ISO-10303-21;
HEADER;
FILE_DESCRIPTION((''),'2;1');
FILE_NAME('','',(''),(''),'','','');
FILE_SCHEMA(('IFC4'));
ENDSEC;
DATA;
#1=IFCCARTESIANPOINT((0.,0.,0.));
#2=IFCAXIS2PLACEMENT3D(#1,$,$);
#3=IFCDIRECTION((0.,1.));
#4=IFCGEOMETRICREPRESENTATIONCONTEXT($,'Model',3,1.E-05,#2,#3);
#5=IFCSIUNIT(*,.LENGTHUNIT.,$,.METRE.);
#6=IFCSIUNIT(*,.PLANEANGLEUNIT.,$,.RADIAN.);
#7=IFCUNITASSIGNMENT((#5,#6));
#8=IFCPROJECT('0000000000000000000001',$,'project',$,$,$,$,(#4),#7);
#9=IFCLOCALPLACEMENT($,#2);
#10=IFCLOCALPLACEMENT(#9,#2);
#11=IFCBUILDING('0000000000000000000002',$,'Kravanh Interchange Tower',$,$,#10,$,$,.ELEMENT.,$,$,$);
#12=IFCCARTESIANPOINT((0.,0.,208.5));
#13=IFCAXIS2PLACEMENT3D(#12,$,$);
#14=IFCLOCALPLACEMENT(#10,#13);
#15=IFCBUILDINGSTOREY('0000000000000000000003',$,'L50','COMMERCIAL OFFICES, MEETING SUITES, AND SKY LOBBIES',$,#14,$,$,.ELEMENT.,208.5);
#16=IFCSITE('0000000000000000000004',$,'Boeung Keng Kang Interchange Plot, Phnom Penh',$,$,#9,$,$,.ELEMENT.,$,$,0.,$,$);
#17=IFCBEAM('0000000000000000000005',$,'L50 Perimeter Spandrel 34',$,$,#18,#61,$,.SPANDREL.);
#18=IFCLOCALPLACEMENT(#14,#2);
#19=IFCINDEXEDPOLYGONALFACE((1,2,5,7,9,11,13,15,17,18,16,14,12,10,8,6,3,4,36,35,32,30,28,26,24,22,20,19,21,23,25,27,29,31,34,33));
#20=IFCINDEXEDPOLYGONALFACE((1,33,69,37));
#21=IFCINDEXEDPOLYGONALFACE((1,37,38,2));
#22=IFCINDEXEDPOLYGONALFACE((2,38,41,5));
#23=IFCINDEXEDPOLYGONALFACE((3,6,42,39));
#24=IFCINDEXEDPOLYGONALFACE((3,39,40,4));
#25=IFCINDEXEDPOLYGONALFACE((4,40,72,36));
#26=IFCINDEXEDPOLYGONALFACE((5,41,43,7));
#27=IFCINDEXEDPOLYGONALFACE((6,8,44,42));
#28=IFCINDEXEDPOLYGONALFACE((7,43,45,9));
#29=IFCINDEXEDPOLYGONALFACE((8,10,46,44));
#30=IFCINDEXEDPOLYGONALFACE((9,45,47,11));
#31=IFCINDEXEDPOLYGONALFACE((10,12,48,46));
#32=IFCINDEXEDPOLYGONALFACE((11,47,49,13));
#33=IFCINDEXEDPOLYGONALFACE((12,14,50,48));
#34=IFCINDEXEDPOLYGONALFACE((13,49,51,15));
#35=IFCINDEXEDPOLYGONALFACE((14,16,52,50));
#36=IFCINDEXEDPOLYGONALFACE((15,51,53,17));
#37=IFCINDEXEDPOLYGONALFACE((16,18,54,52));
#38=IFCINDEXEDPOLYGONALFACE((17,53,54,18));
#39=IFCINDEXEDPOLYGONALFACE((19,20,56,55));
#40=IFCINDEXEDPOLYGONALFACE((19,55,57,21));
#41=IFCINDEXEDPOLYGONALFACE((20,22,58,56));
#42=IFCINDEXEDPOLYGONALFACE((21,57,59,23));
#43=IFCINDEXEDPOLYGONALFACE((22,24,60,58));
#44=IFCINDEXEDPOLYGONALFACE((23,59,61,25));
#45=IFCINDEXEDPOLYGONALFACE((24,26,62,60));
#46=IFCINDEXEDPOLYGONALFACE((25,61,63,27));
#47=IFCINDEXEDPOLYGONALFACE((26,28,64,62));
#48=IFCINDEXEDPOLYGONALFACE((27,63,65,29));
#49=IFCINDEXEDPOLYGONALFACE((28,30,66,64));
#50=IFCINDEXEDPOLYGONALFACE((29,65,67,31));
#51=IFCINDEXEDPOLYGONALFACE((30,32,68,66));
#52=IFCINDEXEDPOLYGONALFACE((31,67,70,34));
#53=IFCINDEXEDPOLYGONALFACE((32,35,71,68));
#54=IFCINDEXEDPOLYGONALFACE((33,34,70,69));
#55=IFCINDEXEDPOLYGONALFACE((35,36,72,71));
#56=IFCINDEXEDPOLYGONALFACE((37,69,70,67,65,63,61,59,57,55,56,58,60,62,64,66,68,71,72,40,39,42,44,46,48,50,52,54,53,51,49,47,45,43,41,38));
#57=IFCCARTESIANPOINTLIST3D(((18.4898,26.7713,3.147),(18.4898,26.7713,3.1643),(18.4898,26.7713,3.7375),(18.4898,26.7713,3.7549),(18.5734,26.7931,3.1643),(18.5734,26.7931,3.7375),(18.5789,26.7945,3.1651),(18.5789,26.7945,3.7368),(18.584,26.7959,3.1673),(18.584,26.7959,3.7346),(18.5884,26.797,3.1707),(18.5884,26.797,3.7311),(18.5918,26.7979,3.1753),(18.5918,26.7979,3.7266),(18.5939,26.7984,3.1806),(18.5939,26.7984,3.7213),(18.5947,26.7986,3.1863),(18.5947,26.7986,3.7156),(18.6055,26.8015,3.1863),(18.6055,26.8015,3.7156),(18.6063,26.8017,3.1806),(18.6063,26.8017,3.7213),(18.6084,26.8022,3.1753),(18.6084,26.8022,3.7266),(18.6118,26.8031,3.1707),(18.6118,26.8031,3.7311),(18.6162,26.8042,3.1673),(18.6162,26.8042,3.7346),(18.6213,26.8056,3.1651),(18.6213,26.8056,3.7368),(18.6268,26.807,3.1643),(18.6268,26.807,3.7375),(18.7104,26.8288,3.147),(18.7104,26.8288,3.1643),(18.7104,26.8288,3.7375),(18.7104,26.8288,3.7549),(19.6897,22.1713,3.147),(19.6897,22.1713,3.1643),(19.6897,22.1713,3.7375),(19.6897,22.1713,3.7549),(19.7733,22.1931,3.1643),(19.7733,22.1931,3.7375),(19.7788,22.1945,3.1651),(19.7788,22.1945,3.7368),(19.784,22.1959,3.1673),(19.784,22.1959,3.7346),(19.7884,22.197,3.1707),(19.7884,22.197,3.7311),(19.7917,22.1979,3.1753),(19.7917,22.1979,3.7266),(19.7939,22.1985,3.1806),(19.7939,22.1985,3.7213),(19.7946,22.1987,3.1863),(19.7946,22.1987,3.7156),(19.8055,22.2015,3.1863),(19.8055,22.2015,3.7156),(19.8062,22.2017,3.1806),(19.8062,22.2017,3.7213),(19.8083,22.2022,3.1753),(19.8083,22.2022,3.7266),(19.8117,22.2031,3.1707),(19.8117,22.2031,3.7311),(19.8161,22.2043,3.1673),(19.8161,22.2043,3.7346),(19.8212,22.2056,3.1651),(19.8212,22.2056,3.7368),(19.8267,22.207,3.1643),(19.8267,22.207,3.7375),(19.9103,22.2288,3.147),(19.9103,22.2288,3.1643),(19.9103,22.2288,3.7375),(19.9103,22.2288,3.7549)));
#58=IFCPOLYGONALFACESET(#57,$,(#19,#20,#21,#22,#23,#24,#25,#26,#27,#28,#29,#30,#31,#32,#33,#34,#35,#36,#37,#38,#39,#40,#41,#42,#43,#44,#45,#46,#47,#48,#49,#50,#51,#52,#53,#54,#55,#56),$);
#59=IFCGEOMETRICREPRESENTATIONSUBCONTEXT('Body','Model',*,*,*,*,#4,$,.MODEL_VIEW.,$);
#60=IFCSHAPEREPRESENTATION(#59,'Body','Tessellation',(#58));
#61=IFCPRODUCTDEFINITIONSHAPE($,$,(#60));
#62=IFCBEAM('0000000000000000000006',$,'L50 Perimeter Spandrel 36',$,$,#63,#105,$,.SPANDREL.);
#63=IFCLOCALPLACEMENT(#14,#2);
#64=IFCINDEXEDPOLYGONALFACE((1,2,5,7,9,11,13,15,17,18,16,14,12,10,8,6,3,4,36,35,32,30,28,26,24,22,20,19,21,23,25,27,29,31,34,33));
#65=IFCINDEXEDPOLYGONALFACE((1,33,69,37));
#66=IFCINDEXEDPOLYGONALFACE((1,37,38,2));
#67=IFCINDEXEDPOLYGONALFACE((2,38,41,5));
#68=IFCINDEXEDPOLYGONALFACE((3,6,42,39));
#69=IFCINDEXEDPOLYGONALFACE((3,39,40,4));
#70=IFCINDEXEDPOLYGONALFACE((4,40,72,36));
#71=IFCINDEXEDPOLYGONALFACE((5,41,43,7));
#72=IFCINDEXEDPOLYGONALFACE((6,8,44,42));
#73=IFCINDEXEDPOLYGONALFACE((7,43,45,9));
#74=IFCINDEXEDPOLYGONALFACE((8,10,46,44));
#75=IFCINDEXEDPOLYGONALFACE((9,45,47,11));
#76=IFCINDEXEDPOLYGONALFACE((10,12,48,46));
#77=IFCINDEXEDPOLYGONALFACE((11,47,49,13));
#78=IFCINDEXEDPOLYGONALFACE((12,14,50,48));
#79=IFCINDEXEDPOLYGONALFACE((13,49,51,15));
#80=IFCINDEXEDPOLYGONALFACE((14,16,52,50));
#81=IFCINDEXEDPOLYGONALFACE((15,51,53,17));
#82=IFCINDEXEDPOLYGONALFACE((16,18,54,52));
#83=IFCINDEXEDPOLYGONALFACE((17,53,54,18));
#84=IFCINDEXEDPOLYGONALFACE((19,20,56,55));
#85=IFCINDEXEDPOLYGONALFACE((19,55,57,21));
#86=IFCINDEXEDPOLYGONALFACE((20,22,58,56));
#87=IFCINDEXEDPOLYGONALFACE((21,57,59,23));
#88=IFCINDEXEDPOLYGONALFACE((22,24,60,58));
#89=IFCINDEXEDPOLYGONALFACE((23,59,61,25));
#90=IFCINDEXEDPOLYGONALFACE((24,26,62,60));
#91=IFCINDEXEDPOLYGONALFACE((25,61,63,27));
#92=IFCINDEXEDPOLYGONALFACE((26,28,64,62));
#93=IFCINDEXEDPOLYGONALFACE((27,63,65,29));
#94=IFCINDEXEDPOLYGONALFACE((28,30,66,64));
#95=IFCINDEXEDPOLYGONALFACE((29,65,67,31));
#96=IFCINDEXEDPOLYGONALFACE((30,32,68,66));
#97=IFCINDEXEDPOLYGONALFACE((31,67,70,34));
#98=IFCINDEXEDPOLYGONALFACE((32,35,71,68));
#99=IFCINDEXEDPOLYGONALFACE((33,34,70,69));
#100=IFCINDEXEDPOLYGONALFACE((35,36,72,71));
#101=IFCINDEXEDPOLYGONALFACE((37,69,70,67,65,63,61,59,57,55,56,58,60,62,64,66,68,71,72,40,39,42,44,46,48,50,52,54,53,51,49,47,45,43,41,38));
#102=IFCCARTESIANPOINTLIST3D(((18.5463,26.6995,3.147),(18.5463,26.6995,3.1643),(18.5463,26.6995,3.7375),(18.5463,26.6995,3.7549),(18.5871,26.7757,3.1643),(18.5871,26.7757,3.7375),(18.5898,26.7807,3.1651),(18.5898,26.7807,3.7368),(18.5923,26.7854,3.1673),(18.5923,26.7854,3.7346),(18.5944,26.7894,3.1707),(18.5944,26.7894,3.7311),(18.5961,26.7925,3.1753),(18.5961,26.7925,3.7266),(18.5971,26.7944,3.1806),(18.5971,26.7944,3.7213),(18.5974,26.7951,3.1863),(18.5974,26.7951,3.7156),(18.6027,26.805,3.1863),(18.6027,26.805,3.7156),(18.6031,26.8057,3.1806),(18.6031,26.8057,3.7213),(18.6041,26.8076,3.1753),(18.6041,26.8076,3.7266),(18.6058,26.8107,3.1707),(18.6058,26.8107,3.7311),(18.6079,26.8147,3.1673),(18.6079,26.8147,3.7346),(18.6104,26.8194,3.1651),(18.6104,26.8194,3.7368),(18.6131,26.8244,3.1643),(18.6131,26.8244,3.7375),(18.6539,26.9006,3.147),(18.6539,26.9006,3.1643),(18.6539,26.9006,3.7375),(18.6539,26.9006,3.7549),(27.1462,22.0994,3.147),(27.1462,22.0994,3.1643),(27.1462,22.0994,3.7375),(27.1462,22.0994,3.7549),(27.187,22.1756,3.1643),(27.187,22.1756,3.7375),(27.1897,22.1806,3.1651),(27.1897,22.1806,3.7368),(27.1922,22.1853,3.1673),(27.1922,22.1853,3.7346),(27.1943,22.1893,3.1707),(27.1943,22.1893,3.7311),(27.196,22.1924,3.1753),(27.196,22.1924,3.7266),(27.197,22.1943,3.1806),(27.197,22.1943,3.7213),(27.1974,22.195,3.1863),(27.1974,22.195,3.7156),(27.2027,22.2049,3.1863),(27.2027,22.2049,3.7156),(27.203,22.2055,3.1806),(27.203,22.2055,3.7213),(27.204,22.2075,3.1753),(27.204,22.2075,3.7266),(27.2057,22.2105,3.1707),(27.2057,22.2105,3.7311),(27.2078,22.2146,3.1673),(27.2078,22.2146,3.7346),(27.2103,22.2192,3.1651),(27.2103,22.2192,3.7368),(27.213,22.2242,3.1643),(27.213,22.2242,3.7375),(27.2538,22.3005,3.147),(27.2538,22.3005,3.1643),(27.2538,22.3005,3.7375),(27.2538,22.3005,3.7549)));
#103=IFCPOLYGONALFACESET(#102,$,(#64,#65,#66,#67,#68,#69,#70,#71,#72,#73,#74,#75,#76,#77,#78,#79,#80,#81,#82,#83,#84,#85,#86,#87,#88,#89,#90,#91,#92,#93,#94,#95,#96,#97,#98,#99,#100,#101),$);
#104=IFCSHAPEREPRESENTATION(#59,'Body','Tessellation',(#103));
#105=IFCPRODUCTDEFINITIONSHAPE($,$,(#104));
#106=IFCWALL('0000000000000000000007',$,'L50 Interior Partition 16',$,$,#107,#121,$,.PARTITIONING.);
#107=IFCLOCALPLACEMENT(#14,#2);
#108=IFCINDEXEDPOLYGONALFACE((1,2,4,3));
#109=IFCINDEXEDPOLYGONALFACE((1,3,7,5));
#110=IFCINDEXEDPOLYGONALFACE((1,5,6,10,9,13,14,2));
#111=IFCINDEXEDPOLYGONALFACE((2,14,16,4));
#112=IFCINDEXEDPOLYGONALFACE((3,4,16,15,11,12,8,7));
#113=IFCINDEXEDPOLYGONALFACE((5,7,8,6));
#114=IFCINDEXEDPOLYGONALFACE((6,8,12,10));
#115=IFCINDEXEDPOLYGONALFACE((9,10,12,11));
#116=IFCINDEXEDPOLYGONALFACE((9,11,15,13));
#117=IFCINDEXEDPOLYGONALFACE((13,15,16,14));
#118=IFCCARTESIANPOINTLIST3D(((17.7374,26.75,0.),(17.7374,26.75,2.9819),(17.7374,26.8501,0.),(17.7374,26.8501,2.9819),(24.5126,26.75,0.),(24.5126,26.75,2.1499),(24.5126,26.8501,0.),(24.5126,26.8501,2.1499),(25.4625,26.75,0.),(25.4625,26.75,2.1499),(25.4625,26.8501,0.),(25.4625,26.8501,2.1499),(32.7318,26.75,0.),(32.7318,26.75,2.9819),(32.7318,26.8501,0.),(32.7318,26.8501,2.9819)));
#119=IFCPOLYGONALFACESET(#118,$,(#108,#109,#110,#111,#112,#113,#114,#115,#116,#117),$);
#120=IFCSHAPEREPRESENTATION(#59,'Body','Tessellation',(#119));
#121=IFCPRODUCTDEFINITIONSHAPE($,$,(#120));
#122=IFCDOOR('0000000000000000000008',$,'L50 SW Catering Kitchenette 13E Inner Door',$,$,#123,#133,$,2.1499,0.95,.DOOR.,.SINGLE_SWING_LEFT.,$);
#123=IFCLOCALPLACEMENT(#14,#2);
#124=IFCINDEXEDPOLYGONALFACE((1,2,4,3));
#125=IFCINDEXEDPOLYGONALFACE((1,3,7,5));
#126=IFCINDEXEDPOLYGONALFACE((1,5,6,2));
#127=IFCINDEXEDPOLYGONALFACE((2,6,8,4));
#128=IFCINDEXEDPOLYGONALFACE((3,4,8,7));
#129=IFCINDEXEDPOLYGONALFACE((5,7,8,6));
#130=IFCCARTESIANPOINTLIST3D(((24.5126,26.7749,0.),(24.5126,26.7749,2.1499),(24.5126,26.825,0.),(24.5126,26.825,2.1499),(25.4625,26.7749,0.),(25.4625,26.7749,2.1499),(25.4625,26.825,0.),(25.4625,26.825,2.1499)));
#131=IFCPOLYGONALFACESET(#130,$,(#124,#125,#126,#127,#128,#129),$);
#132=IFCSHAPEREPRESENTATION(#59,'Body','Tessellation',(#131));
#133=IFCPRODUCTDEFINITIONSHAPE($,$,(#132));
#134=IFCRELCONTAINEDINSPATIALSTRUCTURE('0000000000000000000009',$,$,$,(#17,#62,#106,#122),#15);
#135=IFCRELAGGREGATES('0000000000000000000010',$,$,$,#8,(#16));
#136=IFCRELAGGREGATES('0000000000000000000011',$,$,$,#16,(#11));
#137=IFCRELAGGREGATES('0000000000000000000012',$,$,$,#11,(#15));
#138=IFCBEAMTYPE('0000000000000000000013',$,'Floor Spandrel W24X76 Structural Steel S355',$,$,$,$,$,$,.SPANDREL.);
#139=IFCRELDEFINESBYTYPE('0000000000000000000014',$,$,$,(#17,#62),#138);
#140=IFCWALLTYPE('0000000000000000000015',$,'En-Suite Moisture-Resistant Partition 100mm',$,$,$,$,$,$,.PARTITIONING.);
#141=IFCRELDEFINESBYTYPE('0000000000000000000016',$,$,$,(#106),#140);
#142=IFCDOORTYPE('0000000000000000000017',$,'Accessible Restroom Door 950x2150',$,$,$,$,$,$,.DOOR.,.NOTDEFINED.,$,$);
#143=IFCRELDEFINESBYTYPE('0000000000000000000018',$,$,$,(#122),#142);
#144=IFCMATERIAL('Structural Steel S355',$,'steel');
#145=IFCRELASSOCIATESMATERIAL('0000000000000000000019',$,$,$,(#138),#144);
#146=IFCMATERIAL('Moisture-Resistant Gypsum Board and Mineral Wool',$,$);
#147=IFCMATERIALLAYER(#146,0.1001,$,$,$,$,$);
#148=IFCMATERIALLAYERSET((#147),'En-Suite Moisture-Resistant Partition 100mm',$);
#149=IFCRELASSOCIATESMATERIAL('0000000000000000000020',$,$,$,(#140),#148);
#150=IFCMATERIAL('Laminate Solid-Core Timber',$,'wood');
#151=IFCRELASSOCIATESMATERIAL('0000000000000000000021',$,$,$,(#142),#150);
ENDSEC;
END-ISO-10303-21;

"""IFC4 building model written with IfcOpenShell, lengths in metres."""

from ifc_helpers import new_model, si_unit, direction, frame, frame_2d, origin, origin_2d, place, context, subcontext, project, spatial, rectangle, i_section, extrude, material, layer, layer_set, material_profile, profile_set, type_object, element, fill, save


model = new_model("IFC4")

# Units and contexts
model_context = context("Model", 3, precision=1e-05, world=origin(), true_north=direction((0.0, 1.0)))
body_context = subcontext(model_context, "Body", "Model", "MODEL_VIEW")
ifc_project = project(units=[si_unit("LENGTHUNIT", "METRE"), si_unit("PLANEANGLEUNIT", "RADIAN")], contexts=[model_context])

# Site, building, storey
site_placement = place(None, origin())
site = spatial("IfcSite", under=ifc_project, at=site_placement, Name="Boeung Keng Kang Interchange Plot, Phnom Penh", CompositionType="ELEMENT", RefElevation=0.0)
building_placement = place(site_placement, origin())
building = spatial("IfcBuilding", under=site, at=building_placement, Name="Kravanh Interchange Tower", CompositionType="ELEMENT")
storey_placement = place(building_placement, frame((0.0, 0.0, 208.5)))
storey = spatial("IfcBuildingStorey", under=building, at=storey_placement, Name="L50", Description="COMMERCIAL OFFICES, MEETING SUITES, AND SKY LOBBIES", CompositionType="ELEMENT", Elevation=208.5)

# Beams
ifc_material_1 = material(Name="Structural Steel S355", Category="steel")
ifc_material_profile_1 = material_profile(ifc_material_1, i_section(OverallWidth=0.228, OverallDepth=0.6079, WebThickness=0.0112, FlangeThickness=0.0173, FilletRadius=0.022, at=origin_2d()), Name="W24X76")
ifc_profile_set_1 = profile_set([ifc_material_profile_1], Name="Structural Steel S355")
beam_type_1 = type_object("IfcBeamType", Name="Floor Spandrel W24X76 Structural Steel S355", PredefinedType="SPANDREL", material=ifc_profile_set_1)
beam_1_placement = place(storey_placement, frame((18.6001, 26.8, 3.4509), z_axis=(0.252407, -0.967621, 0.0), x_axis=(0.967621, 0.252407, 0.0)))
element("IfcBeam", 1, at=beam_1_placement, inside=storey, type_object=beam_type_1, Name="L50 Perimeter Spandrel 34", PredefinedType="SPANDREL", context=body_context, shape_type="SweptSolid", body=[
    extrude(i_section(OverallWidth=0.228, OverallDepth=0.6079, WebThickness=0.0112, FlangeThickness=0.0173, FilletRadius=0.022, at=origin_2d()), origin(), (0.0, 0.0, 1.0), 4.7539),
])
beam_2_placement = place(storey_placement, frame((18.6001, 26.8, 3.4509), z_axis=(0.881777, -0.471666, 0.0), x_axis=(0.471666, 0.881777, 0.0)))
element("IfcBeam", 2, at=beam_2_placement, inside=storey, type_object=beam_type_1, Name="L50 Perimeter Spandrel 36", PredefinedType="SPANDREL", context=body_context, shape_type="SweptSolid", body=[
    extrude(i_section(OverallWidth=0.228, OverallDepth=0.6079, WebThickness=0.0112, FlangeThickness=0.0173, FilletRadius=0.022, at=origin_2d()), origin(), (0.0, 0.0, 1.0), 9.7529),
])

# Wall, opening, door
ifc_material_2 = material(Name="Moisture-Resistant Gypsum Board and Mineral Wool")
ifc_layer_1 = layer(ifc_material_2, 0.1001)
ifc_layer_set_1 = layer_set([ifc_layer_1], Name="En-Suite Moisture-Resistant Partition 100mm")
wall_type_1 = type_object("IfcWallType", Name="En-Suite Moisture-Resistant Partition 100mm", PredefinedType="PARTITIONING", material=ifc_layer_set_1)
wall_1_placement = place(storey_placement, frame((17.7375, 26.8, 0.0), z_axis=(0.0, 0.0, 1.0), x_axis=(1.0, 0.0, 0.0)))
wall_1 = element("IfcWall", 3, at=wall_1_placement, inside=storey, type_object=wall_type_1, Name="L50 Interior Partition 16", PredefinedType="PARTITIONING", context=body_context, shape_type="SweptSolid", body=[
    extrude(rectangle(XDim=14.9944, YDim=0.1001, at=frame_2d((7.4971, 0.0))), origin(), (0.0, 0.0, 1.0), 2.9819),
])
opening_1_placement = place(wall_1_placement, frame((6.7749, 0.0, 0.0)))
opening_1 = element("IfcOpeningElement", 4, at=opening_1_placement, cuts=wall_1, PredefinedType="OPENING", context=body_context, shape_type="SweptSolid", body=[
    extrude(rectangle(XDim=0.95, YDim=2.1499, at=frame_2d((0.4751, 1.075))), frame((0.0, 0.0601, 0.0), z_axis=(0.0, -1.0, 0.0), x_axis=(1.0, 0.0, 0.0)), (0.0, 0.0, 1.0), 0.1201),
])
ifc_material_3 = material(Name="Laminate Solid-Core Timber", Category="wood")
door_type_1 = type_object("IfcDoorType", Name="Accessible Restroom Door 950x2150", OperationType="NOTDEFINED", PredefinedType="DOOR", material=ifc_material_3)
door_1_placement = place(opening_1_placement, origin())
door_1 = element("IfcDoor", 5, at=door_1_placement, inside=storey, type_object=door_type_1, Name="L50 SW Catering Kitchenette 13E Inner Door", OperationType="SINGLE_SWING_LEFT", OverallHeight=2.1499, OverallWidth=0.95, PredefinedType="DOOR", context=body_context, shape_type="SweptSolid", body=[
    extrude(rectangle(XDim=0.95, YDim=2.1499, at=frame_2d((0.4751, 1.075))), frame((0.0, 0.0249, 0.0), z_axis=(0.0, -1.0, 0.0), x_axis=(1.0, 0.0, 0.0)), (0.0, 0.0, 1.0), 0.05),
])
fill(opening_1, door_1)

save(model, "model.ifc")
